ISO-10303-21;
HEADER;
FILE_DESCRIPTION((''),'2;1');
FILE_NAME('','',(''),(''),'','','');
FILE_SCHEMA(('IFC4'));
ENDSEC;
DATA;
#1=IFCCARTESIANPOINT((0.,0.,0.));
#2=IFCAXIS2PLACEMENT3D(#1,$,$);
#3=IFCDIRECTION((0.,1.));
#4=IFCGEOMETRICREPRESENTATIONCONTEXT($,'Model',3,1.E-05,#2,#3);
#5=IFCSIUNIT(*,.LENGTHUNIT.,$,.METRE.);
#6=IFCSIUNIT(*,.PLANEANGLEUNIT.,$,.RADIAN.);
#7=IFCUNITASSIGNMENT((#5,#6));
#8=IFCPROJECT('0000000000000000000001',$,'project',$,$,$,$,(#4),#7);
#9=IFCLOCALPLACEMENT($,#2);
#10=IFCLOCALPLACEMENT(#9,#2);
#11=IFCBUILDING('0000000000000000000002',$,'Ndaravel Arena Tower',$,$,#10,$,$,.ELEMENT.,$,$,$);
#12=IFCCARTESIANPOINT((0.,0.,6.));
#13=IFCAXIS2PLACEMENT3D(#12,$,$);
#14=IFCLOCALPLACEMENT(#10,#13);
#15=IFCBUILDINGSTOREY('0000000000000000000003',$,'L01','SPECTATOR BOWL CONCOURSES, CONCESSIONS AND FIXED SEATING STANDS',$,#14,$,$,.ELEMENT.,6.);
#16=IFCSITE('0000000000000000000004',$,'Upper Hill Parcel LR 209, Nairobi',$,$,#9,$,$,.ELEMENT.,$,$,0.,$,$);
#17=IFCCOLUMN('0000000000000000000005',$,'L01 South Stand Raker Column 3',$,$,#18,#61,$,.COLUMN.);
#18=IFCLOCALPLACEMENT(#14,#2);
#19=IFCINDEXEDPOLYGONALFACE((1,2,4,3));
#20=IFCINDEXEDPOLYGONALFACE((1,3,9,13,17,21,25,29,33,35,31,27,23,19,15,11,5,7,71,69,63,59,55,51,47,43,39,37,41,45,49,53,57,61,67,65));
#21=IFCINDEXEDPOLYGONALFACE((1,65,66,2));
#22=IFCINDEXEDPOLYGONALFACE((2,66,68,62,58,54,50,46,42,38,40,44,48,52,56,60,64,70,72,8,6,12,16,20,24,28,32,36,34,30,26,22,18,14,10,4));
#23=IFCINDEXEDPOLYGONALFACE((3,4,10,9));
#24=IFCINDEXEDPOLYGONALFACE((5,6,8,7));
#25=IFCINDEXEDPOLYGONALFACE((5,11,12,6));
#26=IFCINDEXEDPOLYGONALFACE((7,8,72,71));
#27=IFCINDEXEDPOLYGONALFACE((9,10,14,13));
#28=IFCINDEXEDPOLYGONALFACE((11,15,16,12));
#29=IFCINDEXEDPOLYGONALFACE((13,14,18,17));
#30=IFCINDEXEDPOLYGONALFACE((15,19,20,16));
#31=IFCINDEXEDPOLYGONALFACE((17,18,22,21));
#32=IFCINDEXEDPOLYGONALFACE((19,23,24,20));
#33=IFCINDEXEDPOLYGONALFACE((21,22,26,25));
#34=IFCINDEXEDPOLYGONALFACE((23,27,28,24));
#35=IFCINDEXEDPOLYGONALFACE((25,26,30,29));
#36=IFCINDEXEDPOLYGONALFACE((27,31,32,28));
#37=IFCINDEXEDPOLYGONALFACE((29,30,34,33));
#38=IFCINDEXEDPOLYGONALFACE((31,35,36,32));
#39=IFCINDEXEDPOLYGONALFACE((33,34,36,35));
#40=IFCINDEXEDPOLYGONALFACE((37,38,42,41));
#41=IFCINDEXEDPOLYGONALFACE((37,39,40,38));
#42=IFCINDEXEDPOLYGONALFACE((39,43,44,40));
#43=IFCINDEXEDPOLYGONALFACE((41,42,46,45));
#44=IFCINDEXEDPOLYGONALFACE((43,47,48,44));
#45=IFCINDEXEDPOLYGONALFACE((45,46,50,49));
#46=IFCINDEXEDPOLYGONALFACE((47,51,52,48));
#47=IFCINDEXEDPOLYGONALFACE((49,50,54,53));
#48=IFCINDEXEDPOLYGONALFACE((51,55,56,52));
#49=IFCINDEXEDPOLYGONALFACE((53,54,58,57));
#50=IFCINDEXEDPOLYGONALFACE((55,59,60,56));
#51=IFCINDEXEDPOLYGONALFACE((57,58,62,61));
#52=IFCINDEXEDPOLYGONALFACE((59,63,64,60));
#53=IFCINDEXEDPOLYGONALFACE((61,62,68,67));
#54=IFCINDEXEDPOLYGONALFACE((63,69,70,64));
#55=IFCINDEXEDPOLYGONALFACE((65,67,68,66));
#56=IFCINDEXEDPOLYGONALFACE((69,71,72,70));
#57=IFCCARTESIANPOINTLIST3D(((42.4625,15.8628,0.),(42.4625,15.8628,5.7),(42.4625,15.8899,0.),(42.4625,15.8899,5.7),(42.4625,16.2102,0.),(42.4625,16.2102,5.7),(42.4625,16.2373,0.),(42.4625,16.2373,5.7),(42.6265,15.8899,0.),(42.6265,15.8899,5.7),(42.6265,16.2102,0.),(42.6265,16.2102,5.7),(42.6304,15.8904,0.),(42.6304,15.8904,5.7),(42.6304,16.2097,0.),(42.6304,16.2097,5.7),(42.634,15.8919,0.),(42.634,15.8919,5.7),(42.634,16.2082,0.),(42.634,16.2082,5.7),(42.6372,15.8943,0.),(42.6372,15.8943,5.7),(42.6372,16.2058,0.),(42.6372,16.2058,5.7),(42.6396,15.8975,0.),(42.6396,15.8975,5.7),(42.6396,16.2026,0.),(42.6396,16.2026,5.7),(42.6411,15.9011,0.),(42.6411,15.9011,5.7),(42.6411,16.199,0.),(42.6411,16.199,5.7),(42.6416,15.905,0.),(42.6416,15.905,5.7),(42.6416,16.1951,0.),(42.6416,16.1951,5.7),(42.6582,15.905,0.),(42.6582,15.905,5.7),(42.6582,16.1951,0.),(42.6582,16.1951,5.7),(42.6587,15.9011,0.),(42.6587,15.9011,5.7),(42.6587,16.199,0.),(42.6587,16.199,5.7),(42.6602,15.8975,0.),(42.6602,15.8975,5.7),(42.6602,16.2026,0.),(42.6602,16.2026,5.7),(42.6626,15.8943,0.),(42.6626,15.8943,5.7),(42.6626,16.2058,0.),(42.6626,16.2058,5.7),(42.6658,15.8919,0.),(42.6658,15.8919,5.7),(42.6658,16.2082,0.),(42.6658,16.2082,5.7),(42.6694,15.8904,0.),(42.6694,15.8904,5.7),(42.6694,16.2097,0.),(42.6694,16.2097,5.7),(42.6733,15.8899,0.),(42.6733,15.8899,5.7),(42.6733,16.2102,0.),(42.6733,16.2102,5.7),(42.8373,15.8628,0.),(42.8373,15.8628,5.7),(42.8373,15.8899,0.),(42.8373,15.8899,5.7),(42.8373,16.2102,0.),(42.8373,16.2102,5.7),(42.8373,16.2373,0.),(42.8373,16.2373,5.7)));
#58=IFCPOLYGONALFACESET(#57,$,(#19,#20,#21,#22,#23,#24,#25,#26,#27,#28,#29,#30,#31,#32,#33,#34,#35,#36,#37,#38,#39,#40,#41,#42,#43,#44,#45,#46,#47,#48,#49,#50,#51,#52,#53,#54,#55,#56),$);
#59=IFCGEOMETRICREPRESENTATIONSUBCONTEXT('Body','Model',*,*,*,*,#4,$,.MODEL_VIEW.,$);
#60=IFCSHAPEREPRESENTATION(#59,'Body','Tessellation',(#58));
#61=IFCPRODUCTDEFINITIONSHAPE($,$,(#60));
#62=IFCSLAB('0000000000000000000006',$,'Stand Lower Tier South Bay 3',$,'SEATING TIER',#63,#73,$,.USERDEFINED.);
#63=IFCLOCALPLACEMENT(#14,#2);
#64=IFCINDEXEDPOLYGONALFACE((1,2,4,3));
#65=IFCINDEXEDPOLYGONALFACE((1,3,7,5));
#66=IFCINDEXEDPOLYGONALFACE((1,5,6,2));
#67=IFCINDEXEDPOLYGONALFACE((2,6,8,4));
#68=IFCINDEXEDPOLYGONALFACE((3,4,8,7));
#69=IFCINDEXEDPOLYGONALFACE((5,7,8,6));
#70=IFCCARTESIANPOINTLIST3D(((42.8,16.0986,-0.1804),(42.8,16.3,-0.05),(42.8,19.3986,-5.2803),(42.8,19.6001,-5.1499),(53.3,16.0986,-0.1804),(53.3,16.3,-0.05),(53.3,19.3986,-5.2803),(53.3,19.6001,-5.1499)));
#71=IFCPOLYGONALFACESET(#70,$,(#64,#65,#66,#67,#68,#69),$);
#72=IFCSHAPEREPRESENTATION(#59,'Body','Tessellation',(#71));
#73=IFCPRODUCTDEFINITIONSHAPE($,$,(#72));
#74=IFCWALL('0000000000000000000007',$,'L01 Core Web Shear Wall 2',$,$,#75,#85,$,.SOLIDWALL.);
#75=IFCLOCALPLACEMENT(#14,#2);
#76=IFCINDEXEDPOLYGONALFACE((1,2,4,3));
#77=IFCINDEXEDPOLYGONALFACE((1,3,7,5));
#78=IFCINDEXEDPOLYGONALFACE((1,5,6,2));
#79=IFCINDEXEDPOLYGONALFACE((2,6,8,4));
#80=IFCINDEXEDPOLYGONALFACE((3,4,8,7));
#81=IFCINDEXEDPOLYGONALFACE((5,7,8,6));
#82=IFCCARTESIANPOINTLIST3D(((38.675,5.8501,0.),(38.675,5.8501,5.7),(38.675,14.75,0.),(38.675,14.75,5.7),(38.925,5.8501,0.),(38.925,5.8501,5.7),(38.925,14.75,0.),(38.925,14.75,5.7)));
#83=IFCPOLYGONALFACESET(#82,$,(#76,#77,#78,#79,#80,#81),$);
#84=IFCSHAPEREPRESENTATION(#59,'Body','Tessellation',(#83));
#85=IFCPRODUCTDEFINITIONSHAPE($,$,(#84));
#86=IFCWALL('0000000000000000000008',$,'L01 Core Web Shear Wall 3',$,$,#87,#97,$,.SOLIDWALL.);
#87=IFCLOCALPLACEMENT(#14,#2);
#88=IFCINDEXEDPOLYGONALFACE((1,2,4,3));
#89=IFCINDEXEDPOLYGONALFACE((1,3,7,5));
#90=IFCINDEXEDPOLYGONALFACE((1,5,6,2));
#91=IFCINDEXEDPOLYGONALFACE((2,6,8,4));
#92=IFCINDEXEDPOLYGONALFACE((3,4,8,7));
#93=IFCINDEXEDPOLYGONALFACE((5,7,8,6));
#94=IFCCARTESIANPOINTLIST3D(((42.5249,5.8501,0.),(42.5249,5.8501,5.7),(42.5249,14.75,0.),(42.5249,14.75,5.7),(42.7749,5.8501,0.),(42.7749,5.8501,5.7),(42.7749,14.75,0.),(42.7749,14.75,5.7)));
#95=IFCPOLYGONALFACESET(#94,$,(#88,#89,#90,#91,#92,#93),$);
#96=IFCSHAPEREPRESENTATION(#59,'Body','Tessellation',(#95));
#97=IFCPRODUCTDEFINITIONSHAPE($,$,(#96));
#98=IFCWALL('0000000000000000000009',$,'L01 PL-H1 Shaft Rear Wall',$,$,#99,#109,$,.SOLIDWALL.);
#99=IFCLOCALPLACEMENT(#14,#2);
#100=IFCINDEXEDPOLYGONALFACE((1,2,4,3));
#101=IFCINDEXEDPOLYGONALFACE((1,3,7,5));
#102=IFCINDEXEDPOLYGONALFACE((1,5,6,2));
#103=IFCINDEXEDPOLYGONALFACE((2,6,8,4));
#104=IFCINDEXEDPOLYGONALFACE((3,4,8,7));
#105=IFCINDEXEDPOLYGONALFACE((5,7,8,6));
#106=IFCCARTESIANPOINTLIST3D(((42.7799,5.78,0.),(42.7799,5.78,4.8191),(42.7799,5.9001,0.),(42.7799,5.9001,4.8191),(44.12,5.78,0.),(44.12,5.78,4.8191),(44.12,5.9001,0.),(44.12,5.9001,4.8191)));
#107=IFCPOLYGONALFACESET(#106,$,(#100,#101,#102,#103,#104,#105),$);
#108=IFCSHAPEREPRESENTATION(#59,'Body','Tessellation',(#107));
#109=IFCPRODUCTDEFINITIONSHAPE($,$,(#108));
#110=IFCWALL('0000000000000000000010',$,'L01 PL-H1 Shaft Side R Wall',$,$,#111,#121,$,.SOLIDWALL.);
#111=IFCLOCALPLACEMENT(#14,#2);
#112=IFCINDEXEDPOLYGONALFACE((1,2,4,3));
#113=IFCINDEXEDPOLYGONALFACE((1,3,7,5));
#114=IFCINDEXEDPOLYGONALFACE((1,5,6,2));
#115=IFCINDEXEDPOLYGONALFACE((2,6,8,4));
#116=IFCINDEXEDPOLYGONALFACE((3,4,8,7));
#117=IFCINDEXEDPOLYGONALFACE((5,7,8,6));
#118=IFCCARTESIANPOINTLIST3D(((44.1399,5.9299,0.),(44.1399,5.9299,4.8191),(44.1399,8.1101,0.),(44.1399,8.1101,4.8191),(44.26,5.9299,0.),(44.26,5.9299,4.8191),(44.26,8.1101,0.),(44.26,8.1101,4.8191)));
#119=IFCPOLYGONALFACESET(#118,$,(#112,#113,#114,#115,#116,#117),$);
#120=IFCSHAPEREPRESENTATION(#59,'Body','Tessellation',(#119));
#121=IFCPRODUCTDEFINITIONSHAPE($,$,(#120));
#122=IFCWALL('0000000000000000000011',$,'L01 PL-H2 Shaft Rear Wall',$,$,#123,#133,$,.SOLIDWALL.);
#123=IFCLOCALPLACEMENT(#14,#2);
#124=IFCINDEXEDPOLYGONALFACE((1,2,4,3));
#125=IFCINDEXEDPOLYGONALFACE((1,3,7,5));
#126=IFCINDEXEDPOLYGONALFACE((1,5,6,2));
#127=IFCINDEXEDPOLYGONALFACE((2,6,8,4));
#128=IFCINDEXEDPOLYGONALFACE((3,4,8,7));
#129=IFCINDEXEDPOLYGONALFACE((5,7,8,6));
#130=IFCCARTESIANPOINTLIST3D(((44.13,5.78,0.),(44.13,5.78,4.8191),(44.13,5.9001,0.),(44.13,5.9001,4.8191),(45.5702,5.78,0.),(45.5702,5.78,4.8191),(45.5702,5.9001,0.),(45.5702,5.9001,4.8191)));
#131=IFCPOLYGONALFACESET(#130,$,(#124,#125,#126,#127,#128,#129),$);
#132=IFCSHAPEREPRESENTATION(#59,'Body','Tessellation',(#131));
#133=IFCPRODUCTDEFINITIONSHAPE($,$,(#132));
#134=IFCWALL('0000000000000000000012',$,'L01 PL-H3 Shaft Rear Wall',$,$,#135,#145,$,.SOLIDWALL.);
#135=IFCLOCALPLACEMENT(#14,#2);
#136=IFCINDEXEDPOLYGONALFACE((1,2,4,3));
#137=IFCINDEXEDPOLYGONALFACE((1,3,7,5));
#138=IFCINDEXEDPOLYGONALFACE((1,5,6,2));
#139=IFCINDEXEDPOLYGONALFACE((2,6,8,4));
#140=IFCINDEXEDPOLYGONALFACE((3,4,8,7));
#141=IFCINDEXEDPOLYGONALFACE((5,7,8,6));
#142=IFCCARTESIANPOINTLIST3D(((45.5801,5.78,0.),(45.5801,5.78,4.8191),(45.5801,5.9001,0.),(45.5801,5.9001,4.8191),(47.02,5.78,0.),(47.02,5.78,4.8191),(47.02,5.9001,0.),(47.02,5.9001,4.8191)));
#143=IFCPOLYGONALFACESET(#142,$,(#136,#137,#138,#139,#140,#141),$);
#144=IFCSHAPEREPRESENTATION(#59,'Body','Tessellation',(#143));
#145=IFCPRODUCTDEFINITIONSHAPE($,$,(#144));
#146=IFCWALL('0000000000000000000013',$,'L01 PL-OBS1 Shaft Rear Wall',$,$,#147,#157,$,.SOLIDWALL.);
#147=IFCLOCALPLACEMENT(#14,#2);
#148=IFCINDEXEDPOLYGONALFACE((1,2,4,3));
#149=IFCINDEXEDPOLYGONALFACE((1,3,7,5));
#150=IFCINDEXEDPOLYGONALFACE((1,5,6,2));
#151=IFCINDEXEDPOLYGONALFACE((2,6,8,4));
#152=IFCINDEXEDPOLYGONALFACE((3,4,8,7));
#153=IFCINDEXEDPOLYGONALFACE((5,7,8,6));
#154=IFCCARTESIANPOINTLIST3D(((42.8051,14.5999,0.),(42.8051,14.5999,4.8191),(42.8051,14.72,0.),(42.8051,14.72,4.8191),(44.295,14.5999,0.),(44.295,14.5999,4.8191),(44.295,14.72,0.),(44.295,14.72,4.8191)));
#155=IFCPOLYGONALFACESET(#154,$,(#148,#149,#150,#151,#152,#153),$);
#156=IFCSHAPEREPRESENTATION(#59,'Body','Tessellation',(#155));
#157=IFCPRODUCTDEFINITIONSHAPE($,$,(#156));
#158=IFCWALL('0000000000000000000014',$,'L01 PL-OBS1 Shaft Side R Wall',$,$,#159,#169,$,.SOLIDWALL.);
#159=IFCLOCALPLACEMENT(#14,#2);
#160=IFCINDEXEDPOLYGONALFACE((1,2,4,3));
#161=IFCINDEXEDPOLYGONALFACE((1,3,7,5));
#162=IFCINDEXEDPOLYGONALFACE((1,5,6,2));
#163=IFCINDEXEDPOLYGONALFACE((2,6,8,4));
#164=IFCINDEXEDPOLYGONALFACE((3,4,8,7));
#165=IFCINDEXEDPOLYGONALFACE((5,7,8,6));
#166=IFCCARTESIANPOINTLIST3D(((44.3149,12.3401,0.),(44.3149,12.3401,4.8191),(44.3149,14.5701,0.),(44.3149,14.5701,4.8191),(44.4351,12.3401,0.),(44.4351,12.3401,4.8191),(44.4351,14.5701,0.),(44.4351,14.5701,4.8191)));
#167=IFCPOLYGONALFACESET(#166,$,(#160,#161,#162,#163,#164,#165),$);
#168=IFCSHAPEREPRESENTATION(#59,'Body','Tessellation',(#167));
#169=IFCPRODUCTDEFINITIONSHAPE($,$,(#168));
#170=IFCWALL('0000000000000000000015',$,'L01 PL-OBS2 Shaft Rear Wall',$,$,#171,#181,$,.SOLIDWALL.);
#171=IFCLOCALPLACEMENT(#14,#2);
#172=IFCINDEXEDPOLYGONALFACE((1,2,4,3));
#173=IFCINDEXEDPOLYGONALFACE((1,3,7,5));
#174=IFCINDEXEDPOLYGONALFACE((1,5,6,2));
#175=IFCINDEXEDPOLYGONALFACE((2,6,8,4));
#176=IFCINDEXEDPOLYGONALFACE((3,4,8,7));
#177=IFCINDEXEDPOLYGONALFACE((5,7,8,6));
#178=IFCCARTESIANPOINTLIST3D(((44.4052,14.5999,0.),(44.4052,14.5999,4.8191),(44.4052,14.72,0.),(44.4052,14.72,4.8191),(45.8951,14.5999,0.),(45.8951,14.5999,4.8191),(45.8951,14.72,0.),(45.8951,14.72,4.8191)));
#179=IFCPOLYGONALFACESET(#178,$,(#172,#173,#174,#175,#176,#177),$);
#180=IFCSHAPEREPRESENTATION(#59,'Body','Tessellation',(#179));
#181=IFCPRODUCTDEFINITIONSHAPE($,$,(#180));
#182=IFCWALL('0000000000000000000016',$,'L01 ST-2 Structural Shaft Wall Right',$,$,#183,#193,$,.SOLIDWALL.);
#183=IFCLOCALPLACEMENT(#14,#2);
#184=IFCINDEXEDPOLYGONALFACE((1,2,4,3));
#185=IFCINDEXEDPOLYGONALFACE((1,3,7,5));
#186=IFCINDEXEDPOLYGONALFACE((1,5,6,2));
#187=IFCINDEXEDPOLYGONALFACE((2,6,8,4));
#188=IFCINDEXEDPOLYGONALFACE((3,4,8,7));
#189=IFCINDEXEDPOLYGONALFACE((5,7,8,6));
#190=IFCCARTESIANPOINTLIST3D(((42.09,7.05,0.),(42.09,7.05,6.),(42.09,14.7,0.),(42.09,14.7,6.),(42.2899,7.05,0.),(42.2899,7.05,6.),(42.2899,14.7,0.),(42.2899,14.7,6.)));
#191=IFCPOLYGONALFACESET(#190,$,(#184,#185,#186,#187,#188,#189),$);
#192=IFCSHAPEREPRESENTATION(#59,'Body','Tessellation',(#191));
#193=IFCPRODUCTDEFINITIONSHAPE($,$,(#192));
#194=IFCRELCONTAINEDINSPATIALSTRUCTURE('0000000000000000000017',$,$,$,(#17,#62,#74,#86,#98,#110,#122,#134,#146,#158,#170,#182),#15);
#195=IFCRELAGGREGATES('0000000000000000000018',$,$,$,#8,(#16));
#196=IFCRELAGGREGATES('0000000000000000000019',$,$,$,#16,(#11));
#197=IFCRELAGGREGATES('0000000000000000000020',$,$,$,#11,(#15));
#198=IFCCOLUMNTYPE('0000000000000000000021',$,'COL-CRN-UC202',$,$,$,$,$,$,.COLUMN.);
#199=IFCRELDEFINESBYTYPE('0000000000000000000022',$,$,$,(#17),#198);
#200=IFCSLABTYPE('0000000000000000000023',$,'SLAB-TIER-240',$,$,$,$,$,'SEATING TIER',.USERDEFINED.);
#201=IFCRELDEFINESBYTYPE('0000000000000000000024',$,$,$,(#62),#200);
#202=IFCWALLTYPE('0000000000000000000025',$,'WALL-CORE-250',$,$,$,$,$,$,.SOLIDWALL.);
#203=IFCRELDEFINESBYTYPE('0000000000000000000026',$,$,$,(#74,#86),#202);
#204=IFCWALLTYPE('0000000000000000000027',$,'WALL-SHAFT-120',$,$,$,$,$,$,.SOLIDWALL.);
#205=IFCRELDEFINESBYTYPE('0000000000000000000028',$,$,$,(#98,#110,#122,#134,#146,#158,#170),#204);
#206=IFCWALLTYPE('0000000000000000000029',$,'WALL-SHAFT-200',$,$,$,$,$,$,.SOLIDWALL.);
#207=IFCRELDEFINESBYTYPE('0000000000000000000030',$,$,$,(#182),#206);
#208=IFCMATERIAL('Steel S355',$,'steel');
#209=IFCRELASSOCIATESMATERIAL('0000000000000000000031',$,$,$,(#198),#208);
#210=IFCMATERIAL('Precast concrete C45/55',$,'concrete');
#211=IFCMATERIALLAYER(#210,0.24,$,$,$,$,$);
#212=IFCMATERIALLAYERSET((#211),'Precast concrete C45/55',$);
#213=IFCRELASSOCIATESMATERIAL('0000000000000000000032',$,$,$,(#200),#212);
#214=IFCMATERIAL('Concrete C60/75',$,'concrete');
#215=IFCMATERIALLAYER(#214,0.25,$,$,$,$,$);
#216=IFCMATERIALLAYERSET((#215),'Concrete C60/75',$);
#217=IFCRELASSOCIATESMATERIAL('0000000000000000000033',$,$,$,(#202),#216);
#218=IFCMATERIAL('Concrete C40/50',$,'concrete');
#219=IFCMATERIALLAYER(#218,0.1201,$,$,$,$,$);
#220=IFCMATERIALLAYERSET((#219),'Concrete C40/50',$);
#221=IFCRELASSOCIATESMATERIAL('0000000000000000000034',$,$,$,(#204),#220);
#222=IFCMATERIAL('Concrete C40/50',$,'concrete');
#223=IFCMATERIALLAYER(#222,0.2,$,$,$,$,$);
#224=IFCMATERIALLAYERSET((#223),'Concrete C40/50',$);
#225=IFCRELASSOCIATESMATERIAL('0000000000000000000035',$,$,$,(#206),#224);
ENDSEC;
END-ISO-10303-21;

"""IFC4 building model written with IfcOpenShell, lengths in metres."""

from ifc_helpers import new_model, si_unit, direction, frame, frame_2d, origin, origin_2d, place, context, subcontext, project, spatial, polyline, rectangle, i_section, outline, extrude, material, layer, layer_set, material_profile, profile_set, type_object, element, save


model = new_model("IFC4")

# Units and contexts
model_context = context("Model", 3, precision=1e-05, world=origin(), true_north=direction((0.0, 1.0)))
body_context = subcontext(model_context, "Body", "Model", "MODEL_VIEW")
ifc_project = project(units=[si_unit("LENGTHUNIT", "METRE"), si_unit("PLANEANGLEUNIT", "RADIAN")], contexts=[model_context])

# Site, building, storey
site_placement = place(None, origin())
site = spatial("IfcSite", under=ifc_project, at=site_placement, Name="Upper Hill Parcel LR 209, Nairobi", CompositionType="ELEMENT", RefElevation=0.0)
building_placement = place(site_placement, origin())
building = spatial("IfcBuilding", under=site, at=building_placement, Name="Ndaravel Arena Tower", CompositionType="ELEMENT")
storey_placement = place(building_placement, frame((0.0, 0.0, 6.0)))
storey = spatial("IfcBuildingStorey", under=building, at=storey_placement, Name="L01", Description="SPECTATOR BOWL CONCOURSES, CONCESSIONS AND FIXED SEATING STANDS", CompositionType="ELEMENT", Elevation=6.0)

# Column
ifc_material_1 = material(Name="Steel S355", Category="steel")
ifc_material_profile = material_profile(ifc_material_1, i_section(OverallWidth=0.3748, OverallDepth=0.3745, WebThickness=0.0166, FlangeThickness=0.0271, FilletRadius=0.0151, at=origin_2d()), Name="UC 356x368x202")
ifc_profile_set = profile_set([ifc_material_profile], Name="Steel S355")
column_type = type_object("IfcColumnType", Name="COL-CRN-UC202", PredefinedType="COLUMN", material=ifc_profile_set)
column_placement = place(storey_placement, frame((42.6499, 16.05, 0.0), z_axis=(0.0, 0.0, 1.0), x_axis=(1.0, 0.0, 0.0)))
element("IfcColumn", 1, at=column_placement, inside=storey, type_object=column_type, Name="L01 South Stand Raker Column 3", PredefinedType="COLUMN", context=body_context, shape_type="SweptSolid", body=[
    extrude(i_section(OverallWidth=0.3748, OverallDepth=0.3745, WebThickness=0.0166, FlangeThickness=0.0271, FilletRadius=0.0151, at=origin_2d()), origin(), (0.0, 0.0, 1.0), 5.7),
])

# Slab
ifc_material_2 = material(Name="Precast concrete C45/55", Category="concrete")
ifc_layer_1 = layer(ifc_material_2, 0.24)
ifc_layer_set_1 = layer_set([ifc_layer_1], Name="Precast concrete C45/55")
slab_type = type_object("IfcSlabType", Name="SLAB-TIER-240", ElementType="SEATING TIER", PredefinedType="USERDEFINED", material=ifc_layer_set_1)
slab_placement = place(storey_placement, frame((42.8, 16.3, -0.05), z_axis=(0.0, 0.839559, 0.543268), x_axis=(1.0, 0.0, 0.0)))
element("IfcSlab", 2, at=slab_placement, inside=storey, type_object=slab_type, Name="Stand Lower Tier South Bay 3", ObjectType="SEATING TIER", PredefinedType="USERDEFINED", context=body_context, shape_type="SweptSolid", body=[
    extrude(outline(polyline([(0.0, 0.0), (10.5, 0.0), (10.5, 6.0744), (0.0, 6.0744), (0.0, 0.0)])), origin(), (0.0, 0.0, -1.0), 0.24),
])

# Walls
ifc_material_3 = material(Name="Concrete C60/75", Category="concrete")
ifc_layer_2 = layer(ifc_material_3, 0.25)
ifc_layer_set_2 = layer_set([ifc_layer_2], Name="Concrete C60/75")
wall_type_1 = type_object("IfcWallType", Name="WALL-CORE-250", PredefinedType="SOLIDWALL", material=ifc_layer_set_2)
for number, where, z_axis, x_axis, name in (
    (3, (38.8, 5.8501, 0.0), (0.0, 0.0, 1.0), (0.0, 1.0, 0.0), "L01 Core Web Shear Wall 2"),
    (4, (42.6499, 5.8501, 0.0), (0.0, 0.0, 1.0), (0.0, 1.0, 0.0), "L01 Core Web Shear Wall 3"),
):
    element("IfcWall", number, at=place(storey_placement, frame(where, z_axis=z_axis, x_axis=x_axis)), inside=storey, type_object=wall_type_1, Name=name, PredefinedType="SOLIDWALL", context=body_context, shape_type="SweptSolid", body=[
        extrude(rectangle(XDim=8.8999, YDim=0.25, at=frame_2d((4.45, 0.0))), origin(), (0.0, 0.0, 1.0), 5.7),
    ])
ifc_material_4 = material(Name="Concrete C40/50", Category="concrete")
ifc_layer_3 = layer(ifc_material_4, 0.1201)
ifc_layer_set_3 = layer_set([ifc_layer_3], Name="Concrete C40/50")
wall_type_2 = type_object("IfcWallType", Name="WALL-SHAFT-120", PredefinedType="SOLIDWALL", material=ifc_layer_set_3)
wall_1_placement = place(storey_placement, frame((42.78, 5.8401, 0.0), z_axis=(0.0, 0.0, 1.0), x_axis=(1.0, 0.0, 0.0)))
element("IfcWall", 5, at=wall_1_placement, inside=storey, type_object=wall_type_2, Name="L01 PL-H1 Shaft Rear Wall", PredefinedType="SOLIDWALL", context=body_context, shape_type="SweptSolid", body=[
    extrude(rectangle(XDim=1.3401, YDim=0.1201, at=frame_2d((0.6699, 0.0))), origin(), (0.0, 0.0, 1.0), 4.8191),
])
wall_2_placement = place(storey_placement, frame((44.2, 5.9299, 0.0), z_axis=(0.0, 0.0, 1.0), x_axis=(0.0, 1.0, 0.0)))
element("IfcWall", 6, at=wall_2_placement, inside=storey, type_object=wall_type_2, Name="L01 PL-H1 Shaft Side R Wall", PredefinedType="SOLIDWALL", context=body_context, shape_type="SweptSolid", body=[
    extrude(rectangle(XDim=2.1802, YDim=0.1201, at=frame_2d((1.0901, 0.0))), origin(), (0.0, 0.0, 1.0), 4.8191),
])
wall_3_placement = place(storey_placement, frame((44.1299, 5.8401, 0.0), z_axis=(0.0, 0.0, 1.0), x_axis=(1.0, 0.0, 0.0)))
element("IfcWall", 7, at=wall_3_placement, inside=storey, type_object=wall_type_2, Name="L01 PL-H2 Shaft Rear Wall", PredefinedType="SOLIDWALL", context=body_context, shape_type="SweptSolid", body=[
    extrude(rectangle(XDim=1.4402, YDim=0.1201, at=frame_2d((0.7202, 0.0))), origin(), (0.0, 0.0, 1.0), 4.8191),
])
wall_4_placement = place(storey_placement, frame((45.5801, 5.8401, 0.0), z_axis=(0.0, 0.0, 1.0), x_axis=(1.0, 0.0, 0.0)))
element("IfcWall", 8, at=wall_4_placement, inside=storey, type_object=wall_type_2, Name="L01 PL-H3 Shaft Rear Wall", PredefinedType="SOLIDWALL", context=body_context, shape_type="SweptSolid", body=[
    extrude(rectangle(XDim=1.4399, YDim=0.1201, at=frame_2d((0.72, 0.0))), origin(), (0.0, 0.0, 1.0), 4.8191),
])
wall_5_placement = place(storey_placement, frame((42.8049, 14.6599, 0.0), z_axis=(0.0, 0.0, 1.0), x_axis=(1.0, 0.0, 0.0)))
element("IfcWall", 9, at=wall_5_placement, inside=storey, type_object=wall_type_2, Name="L01 PL-OBS1 Shaft Rear Wall", PredefinedType="SOLIDWALL", context=body_context, shape_type="SweptSolid", body=[
    extrude(rectangle(XDim=1.49, YDim=0.1201, at=frame_2d((0.7451, 0.0))), origin(), (0.0, 0.0, 1.0), 4.8191),
])
wall_6_placement = place(storey_placement, frame((44.375, 12.3401, 0.0), z_axis=(0.0, 0.0, 1.0), x_axis=(0.0, 1.0, 0.0)))
element("IfcWall", 10, at=wall_6_placement, inside=storey, type_object=wall_type_2, Name="L01 PL-OBS1 Shaft Side R Wall", PredefinedType="SOLIDWALL", context=body_context, shape_type="SweptSolid", body=[
    extrude(rectangle(XDim=2.23, YDim=0.1201, at=frame_2d((1.115, 0.0))), origin(), (0.0, 0.0, 1.0), 4.8191),
])
wall_7_placement = place(storey_placement, frame((44.405, 14.6599, 0.0), z_axis=(0.0, 0.0, 1.0), x_axis=(1.0, 0.0, 0.0)))
element("IfcWall", 11, at=wall_7_placement, inside=storey, type_object=wall_type_2, Name="L01 PL-OBS2 Shaft Rear Wall", PredefinedType="SOLIDWALL", context=body_context, shape_type="SweptSolid", body=[
    extrude(rectangle(XDim=1.49, YDim=0.1201, at=frame_2d((0.7451, 0.0))), origin(), (0.0, 0.0, 1.0), 4.8191),
])
ifc_material_5 = material(Name="Concrete C40/50", Category="concrete")
ifc_layer_4 = layer(ifc_material_5, 0.2)
ifc_layer_set_4 = layer_set([ifc_layer_4], Name="Concrete C40/50")
wall_type_3 = type_object("IfcWallType", Name="WALL-SHAFT-200", PredefinedType="SOLIDWALL", material=ifc_layer_set_4)
wall_8_placement = place(storey_placement, frame((42.1899, 14.7, 0.0), z_axis=(0.0, 0.0, 1.0), x_axis=(0.0, -1.0, 0.0)))
element("IfcWall", 12, at=wall_8_placement, inside=storey, type_object=wall_type_3, Name="L01 ST-2 Structural Shaft Wall Right", PredefinedType="SOLIDWALL", context=body_context, shape_type="SweptSolid", body=[
    extrude(rectangle(XDim=7.6499, YDim=0.2, at=frame_2d((3.825, 0.0))), origin(), (0.0, 0.0, 1.0), 6.0),
])

save(model, "model.ifc")
